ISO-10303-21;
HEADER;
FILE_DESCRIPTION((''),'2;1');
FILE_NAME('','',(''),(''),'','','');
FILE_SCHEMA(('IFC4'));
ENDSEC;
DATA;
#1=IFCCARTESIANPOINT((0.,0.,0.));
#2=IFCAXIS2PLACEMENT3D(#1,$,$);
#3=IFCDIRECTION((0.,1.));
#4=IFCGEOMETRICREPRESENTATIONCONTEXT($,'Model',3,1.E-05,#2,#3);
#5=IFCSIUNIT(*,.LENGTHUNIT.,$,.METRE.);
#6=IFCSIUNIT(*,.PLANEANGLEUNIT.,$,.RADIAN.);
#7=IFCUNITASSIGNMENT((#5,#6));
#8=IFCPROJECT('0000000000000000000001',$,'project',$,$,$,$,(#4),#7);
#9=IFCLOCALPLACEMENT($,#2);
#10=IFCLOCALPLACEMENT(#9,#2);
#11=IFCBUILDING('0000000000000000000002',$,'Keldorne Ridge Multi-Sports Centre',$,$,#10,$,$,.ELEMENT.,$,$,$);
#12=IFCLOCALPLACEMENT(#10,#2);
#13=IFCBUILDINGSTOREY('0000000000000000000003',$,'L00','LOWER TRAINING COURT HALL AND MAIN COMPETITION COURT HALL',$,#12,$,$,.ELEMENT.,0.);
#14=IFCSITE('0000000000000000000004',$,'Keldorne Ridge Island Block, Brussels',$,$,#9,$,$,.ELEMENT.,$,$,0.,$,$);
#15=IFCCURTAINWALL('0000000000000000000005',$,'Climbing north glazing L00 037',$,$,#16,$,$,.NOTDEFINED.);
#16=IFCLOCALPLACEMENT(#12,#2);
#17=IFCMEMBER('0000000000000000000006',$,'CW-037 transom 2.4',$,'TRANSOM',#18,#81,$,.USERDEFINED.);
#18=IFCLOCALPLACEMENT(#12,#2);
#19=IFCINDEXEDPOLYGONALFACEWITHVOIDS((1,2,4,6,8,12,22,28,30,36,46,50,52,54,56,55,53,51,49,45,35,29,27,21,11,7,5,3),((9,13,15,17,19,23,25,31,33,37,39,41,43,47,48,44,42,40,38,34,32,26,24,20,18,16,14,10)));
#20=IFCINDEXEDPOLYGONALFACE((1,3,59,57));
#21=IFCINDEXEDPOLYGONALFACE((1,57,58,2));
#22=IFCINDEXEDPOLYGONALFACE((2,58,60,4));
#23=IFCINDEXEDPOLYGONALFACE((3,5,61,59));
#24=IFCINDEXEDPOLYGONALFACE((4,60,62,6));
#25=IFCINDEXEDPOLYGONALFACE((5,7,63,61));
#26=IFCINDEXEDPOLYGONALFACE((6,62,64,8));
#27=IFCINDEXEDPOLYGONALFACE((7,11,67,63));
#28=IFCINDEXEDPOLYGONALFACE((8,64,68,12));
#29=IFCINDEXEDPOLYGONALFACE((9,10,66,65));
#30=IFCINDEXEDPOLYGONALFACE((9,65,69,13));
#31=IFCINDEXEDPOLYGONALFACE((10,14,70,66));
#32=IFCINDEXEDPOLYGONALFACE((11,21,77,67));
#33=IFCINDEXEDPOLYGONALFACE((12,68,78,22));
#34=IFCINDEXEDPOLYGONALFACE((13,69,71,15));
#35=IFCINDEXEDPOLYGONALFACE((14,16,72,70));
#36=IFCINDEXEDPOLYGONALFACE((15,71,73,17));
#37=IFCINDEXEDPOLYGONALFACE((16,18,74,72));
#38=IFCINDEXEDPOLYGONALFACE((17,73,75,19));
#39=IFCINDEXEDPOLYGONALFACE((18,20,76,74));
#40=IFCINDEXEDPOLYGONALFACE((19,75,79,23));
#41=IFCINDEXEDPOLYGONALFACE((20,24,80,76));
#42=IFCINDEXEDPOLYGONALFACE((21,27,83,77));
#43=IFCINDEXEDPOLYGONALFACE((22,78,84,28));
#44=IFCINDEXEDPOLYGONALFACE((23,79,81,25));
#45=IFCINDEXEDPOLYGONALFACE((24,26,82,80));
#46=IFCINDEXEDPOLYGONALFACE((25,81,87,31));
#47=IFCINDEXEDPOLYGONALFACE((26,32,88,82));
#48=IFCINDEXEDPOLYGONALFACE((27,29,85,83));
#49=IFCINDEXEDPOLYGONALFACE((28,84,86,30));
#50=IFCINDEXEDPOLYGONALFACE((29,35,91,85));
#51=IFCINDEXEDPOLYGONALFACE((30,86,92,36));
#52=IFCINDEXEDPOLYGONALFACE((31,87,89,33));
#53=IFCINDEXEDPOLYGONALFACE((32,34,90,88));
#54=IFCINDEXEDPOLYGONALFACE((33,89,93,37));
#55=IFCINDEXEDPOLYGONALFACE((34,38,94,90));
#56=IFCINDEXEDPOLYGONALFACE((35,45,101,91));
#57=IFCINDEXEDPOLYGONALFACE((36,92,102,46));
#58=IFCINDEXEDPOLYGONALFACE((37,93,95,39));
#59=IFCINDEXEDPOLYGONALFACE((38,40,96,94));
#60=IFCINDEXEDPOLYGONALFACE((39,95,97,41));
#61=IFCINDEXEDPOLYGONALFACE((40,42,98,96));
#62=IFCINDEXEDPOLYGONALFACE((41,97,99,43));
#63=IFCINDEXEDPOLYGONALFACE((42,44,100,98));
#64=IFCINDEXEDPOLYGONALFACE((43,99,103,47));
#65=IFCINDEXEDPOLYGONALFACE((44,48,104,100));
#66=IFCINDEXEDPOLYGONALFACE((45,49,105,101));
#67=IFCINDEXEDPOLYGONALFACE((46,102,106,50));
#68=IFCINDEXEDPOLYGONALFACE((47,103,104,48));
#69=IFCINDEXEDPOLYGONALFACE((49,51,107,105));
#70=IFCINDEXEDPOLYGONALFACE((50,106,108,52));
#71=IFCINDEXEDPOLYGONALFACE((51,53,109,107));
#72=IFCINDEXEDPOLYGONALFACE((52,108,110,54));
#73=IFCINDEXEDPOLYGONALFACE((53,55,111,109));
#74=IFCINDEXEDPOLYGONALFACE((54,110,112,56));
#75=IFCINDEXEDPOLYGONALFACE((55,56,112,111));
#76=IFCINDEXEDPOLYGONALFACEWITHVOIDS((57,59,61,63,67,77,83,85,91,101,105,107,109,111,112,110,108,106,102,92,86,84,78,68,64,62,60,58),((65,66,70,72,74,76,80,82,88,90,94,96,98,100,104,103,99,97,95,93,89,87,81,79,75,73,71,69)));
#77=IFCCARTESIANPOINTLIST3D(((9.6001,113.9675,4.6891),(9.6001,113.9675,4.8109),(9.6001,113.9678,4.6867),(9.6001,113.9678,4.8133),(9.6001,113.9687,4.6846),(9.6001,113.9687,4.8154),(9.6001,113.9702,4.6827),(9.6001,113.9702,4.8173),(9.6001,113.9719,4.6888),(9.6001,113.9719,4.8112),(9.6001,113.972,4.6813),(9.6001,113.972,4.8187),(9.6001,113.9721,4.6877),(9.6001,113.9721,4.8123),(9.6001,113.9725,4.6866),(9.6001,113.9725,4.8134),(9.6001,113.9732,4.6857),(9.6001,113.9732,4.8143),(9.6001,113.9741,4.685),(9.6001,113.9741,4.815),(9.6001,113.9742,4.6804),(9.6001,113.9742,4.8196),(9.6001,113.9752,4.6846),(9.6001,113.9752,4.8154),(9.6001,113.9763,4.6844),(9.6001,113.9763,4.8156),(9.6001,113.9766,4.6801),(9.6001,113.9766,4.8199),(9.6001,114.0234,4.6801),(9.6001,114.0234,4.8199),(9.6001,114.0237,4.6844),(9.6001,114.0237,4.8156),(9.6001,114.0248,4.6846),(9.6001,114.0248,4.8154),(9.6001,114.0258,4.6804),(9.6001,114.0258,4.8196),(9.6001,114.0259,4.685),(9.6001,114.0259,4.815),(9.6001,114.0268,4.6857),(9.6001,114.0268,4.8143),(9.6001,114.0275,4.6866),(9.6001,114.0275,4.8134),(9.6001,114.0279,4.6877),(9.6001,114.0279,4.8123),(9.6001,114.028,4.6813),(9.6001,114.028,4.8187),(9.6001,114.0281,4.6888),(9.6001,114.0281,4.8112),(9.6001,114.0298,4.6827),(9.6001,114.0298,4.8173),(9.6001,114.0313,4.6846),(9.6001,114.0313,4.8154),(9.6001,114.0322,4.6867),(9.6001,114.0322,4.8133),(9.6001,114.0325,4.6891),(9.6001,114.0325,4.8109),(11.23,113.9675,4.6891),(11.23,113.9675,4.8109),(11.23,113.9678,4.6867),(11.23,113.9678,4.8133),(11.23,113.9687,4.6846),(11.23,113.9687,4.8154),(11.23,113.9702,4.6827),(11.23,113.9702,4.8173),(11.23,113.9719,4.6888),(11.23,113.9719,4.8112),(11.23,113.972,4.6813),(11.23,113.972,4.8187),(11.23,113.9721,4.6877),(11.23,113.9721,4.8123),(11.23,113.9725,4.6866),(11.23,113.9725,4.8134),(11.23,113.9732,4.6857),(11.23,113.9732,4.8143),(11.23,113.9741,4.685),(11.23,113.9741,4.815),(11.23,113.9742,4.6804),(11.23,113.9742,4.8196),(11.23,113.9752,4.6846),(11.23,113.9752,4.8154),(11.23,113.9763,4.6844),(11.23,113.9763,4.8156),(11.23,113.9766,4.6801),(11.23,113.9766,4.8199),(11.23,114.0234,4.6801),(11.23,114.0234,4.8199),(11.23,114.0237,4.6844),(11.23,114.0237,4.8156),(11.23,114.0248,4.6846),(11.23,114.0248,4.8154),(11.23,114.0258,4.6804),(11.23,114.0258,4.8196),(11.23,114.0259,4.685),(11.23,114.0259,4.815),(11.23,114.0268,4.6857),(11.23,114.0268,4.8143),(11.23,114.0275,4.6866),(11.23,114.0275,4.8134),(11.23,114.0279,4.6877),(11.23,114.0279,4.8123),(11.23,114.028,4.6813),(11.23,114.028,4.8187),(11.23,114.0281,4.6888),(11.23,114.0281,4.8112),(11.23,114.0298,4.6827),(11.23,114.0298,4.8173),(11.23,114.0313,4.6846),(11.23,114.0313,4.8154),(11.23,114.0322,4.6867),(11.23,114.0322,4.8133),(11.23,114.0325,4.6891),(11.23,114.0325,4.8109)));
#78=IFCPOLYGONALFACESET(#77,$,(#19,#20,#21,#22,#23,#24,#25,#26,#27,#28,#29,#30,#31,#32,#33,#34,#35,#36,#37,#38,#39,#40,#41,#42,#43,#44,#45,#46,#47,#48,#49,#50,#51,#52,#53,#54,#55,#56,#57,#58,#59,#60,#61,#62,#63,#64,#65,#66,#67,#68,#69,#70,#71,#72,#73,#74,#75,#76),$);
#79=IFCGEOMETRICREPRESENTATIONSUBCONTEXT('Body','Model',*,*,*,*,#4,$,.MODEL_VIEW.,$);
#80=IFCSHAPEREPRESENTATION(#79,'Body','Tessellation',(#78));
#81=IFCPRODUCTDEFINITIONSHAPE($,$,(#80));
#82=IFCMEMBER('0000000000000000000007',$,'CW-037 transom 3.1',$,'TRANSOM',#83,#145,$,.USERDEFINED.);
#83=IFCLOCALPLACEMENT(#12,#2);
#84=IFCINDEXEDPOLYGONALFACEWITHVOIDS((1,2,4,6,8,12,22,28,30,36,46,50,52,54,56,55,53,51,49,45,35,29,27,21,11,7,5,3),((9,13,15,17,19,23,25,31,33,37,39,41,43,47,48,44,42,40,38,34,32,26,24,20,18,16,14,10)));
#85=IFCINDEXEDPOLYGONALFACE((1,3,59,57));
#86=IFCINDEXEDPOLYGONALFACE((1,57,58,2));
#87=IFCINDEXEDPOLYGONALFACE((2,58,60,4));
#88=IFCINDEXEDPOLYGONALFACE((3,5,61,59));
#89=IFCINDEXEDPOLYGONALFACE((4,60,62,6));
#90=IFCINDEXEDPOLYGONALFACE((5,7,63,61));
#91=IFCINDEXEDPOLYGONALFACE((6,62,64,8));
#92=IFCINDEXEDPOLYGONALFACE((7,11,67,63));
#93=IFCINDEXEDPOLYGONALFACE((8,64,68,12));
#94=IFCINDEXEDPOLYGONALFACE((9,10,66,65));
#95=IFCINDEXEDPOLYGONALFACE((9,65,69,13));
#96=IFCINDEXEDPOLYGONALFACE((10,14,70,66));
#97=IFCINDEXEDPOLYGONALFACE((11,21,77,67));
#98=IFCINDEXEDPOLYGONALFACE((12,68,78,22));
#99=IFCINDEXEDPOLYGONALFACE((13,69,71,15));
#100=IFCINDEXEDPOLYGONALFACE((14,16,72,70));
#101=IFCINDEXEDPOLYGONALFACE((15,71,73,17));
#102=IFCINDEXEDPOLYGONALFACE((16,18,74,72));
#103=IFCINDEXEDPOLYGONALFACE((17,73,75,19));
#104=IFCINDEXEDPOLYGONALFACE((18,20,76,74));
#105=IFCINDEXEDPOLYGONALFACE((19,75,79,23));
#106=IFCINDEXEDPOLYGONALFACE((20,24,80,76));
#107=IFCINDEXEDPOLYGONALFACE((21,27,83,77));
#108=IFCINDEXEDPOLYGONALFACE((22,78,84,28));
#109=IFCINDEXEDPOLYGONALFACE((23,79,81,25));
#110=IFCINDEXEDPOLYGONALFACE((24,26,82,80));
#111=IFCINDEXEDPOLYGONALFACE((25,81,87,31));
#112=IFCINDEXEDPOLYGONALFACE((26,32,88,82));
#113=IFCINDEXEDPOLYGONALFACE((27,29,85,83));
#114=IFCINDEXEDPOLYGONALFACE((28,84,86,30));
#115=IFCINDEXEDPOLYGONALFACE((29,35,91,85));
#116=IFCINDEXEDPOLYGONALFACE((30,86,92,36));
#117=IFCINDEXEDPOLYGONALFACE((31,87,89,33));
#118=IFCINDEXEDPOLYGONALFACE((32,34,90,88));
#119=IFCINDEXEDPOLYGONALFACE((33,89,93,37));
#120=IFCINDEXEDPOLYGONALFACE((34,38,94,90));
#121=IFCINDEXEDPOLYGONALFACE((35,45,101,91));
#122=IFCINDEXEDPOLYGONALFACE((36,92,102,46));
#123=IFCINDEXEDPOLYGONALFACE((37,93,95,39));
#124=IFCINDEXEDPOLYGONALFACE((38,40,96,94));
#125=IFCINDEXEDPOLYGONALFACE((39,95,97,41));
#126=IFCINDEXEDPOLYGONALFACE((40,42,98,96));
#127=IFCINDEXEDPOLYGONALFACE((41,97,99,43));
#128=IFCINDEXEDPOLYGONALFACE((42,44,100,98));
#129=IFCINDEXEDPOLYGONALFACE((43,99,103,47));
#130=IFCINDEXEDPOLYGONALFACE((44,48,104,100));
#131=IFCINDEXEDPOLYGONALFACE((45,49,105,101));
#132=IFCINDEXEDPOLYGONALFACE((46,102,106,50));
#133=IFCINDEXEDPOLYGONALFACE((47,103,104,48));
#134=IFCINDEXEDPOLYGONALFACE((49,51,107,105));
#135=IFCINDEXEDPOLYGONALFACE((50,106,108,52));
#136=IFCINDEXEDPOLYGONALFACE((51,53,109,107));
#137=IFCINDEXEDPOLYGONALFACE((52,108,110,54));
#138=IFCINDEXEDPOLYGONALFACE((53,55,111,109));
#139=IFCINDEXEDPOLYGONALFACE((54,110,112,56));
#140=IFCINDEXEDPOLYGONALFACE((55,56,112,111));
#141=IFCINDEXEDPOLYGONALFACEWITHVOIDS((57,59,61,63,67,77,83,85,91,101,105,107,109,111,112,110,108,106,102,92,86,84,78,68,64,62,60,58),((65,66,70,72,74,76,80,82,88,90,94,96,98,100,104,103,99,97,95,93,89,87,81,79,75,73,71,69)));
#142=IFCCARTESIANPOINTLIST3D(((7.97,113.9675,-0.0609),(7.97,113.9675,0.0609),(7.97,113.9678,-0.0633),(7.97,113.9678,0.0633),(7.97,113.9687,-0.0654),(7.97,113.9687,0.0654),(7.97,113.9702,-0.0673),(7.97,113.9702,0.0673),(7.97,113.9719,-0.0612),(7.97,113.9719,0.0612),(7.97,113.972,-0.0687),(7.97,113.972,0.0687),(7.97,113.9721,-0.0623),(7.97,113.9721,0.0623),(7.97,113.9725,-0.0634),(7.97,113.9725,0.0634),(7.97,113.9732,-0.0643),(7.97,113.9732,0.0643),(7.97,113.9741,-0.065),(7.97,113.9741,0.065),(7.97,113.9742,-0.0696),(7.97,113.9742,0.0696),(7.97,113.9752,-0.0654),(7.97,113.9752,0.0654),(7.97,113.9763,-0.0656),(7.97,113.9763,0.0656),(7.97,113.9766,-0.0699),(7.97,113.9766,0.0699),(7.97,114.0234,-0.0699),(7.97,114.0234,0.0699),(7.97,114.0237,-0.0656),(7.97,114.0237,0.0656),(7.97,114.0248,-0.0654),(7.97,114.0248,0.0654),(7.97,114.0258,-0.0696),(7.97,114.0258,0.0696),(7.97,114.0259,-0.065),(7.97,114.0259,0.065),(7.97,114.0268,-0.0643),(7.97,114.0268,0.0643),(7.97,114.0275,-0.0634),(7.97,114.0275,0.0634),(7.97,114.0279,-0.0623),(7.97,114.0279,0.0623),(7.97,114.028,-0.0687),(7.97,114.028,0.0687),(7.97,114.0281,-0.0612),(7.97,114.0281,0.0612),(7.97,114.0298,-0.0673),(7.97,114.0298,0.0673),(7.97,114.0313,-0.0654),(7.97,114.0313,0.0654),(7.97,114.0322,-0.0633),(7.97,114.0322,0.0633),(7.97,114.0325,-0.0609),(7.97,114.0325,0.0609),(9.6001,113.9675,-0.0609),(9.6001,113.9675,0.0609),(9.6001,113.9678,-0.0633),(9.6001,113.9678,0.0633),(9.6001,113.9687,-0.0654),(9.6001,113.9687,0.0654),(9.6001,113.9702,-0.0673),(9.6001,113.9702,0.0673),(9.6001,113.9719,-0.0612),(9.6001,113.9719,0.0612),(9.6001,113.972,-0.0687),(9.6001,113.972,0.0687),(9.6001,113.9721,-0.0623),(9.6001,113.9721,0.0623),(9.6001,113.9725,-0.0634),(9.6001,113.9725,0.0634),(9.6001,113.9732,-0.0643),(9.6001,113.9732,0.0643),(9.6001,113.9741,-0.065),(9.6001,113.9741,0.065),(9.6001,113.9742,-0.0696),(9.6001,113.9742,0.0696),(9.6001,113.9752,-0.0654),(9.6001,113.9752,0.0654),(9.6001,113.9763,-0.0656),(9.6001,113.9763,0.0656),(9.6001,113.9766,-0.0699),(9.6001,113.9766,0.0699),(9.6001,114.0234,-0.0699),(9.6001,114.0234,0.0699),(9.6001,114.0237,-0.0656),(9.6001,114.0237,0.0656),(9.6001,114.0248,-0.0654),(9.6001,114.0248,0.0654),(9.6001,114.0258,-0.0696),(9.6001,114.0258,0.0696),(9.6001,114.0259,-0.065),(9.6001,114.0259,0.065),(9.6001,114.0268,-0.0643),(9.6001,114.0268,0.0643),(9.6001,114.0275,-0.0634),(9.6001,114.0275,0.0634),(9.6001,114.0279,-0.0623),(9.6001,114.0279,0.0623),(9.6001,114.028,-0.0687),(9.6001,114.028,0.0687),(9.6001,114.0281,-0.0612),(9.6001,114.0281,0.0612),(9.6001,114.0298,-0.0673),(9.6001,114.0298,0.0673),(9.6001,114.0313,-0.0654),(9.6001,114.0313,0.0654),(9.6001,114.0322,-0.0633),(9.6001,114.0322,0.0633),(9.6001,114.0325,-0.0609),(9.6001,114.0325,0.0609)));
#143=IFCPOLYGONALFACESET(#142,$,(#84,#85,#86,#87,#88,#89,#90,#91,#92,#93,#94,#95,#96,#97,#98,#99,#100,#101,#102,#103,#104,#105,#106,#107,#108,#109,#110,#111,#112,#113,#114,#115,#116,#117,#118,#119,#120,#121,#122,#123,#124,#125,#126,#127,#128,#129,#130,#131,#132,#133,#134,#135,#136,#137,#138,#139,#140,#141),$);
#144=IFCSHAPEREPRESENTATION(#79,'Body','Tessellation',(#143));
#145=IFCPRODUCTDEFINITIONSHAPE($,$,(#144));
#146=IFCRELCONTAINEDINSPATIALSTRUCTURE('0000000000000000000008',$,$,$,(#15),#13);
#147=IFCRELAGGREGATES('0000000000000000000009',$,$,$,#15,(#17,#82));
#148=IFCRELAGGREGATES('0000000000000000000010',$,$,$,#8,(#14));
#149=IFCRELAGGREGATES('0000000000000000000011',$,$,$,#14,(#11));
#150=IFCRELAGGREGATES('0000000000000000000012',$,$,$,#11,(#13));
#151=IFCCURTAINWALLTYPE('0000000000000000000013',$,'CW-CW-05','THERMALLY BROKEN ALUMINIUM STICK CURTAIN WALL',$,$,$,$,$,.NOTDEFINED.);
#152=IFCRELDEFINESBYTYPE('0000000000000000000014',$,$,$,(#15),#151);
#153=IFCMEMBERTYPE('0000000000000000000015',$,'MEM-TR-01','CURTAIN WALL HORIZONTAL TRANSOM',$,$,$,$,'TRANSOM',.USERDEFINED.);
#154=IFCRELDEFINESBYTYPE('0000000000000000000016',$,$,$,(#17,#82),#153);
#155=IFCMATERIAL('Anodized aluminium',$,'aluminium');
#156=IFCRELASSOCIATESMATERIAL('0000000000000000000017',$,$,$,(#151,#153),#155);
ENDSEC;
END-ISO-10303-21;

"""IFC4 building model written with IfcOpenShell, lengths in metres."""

from ifc_helpers import new_model, si_unit, direction, frame, origin, origin_2d, place, context, subcontext, project, spatial, hollow_rectangle, extrude, material, material_profile, profile_set, type_object, element, aggregate, save


model = new_model("IFC4")

# Units and contexts
model_context = context("Model", 3, precision=1e-05, world=origin(), true_north=direction((0.0, 1.0)))
body_context = subcontext(model_context, "Body", "Model", "MODEL_VIEW")
ifc_project = project(units=[si_unit("LENGTHUNIT", "METRE"), si_unit("PLANEANGLEUNIT", "RADIAN")], contexts=[model_context])

# Site, building, storey
site_placement = place(None, origin())
site = spatial("IfcSite", under=ifc_project, at=site_placement, Name="Keldorne Ridge Island Block, Brussels", CompositionType="ELEMENT", RefElevation=0.0)
building_placement = place(site_placement, origin())
building = spatial("IfcBuilding", under=site, at=building_placement, Name="Keldorne Ridge Multi-Sports Centre", CompositionType="ELEMENT")
storey_placement = place(building_placement, origin())
storey = spatial("IfcBuildingStorey", under=building, at=storey_placement, Name="L00", Description="LOWER TRAINING COURT HALL AND MAIN COMPETITION COURT HALL", CompositionType="ELEMENT", Elevation=0.0)

# Curtain wall, members
ifc_material_1 = material(Name="Anodized aluminium", Category="aluminium")
curtain_wall_type = type_object("IfcCurtainWallType", Name="CW-CW-05", Description="THERMALLY BROKEN ALUMINIUM STICK CURTAIN WALL", PredefinedType="NOTDEFINED", material=ifc_material_1)
curtain_wall_placement = place(storey_placement, origin())
curtain_wall = element("IfcCurtainWall", 1, at=curtain_wall_placement, inside=storey, type_object=curtain_wall_type, Name="Climbing north glazing L00 037", PredefinedType="NOTDEFINED")
ifc_material_profile_1 = material_profile(ifc_material_1, hollow_rectangle(XDim=0.0649, YDim=0.1399, WallThickness=0.0044, InnerFilletRadius=0.0044, OuterFilletRadius=0.009, at=origin_2d()), Name="ALU TRANSOM 140x65x4.5")
ifc_profile_set_1 = profile_set([ifc_material_profile_1], Name="Anodized aluminium")
member_type_1 = type_object("IfcMemberType", Name="MEM-TR-01", Description="CURTAIN WALL HORIZONTAL TRANSOM", ElementType="TRANSOM", PredefinedType="USERDEFINED", material=ifc_profile_set_1)
member_1_placement = place(storey_placement, frame((11.23, 114.0, 4.75), z_axis=(-1.0, 0.0, 0.0), x_axis=(0.0, -1.0, 0.0)))
member_1 = element("IfcMember", 2, at=member_1_placement, type_object=member_type_1, Name="CW-037 transom 2.4", ObjectType="TRANSOM", PredefinedType="USERDEFINED", context=body_context, shape_type="SweptSolid", body=[
    extrude(hollow_rectangle(XDim=0.0649, YDim=0.1399, WallThickness=0.0044, InnerFilletRadius=0.0044, OuterFilletRadius=0.009, at=origin_2d()), origin(), (0.0, 0.0, 1.0), 1.6299),
])
member_2_placement = place(storey_placement, frame((9.6001, 114.0, 0.0), z_axis=(-1.0, 0.0, 0.0), x_axis=(0.0, -1.0, 0.0)))
member_2 = element("IfcMember", 3, at=member_2_placement, type_object=member_type_1, Name="CW-037 transom 3.1", ObjectType="TRANSOM", PredefinedType="USERDEFINED", context=body_context, shape_type="SweptSolid", body=[
    extrude(hollow_rectangle(XDim=0.0649, YDim=0.1399, WallThickness=0.0044, InnerFilletRadius=0.0044, OuterFilletRadius=0.009, at=origin_2d()), origin(), (0.0, 0.0, 1.0), 1.6301),
])
aggregate(curtain_wall, [member_1, member_2])

save(model, "model.ifc")
